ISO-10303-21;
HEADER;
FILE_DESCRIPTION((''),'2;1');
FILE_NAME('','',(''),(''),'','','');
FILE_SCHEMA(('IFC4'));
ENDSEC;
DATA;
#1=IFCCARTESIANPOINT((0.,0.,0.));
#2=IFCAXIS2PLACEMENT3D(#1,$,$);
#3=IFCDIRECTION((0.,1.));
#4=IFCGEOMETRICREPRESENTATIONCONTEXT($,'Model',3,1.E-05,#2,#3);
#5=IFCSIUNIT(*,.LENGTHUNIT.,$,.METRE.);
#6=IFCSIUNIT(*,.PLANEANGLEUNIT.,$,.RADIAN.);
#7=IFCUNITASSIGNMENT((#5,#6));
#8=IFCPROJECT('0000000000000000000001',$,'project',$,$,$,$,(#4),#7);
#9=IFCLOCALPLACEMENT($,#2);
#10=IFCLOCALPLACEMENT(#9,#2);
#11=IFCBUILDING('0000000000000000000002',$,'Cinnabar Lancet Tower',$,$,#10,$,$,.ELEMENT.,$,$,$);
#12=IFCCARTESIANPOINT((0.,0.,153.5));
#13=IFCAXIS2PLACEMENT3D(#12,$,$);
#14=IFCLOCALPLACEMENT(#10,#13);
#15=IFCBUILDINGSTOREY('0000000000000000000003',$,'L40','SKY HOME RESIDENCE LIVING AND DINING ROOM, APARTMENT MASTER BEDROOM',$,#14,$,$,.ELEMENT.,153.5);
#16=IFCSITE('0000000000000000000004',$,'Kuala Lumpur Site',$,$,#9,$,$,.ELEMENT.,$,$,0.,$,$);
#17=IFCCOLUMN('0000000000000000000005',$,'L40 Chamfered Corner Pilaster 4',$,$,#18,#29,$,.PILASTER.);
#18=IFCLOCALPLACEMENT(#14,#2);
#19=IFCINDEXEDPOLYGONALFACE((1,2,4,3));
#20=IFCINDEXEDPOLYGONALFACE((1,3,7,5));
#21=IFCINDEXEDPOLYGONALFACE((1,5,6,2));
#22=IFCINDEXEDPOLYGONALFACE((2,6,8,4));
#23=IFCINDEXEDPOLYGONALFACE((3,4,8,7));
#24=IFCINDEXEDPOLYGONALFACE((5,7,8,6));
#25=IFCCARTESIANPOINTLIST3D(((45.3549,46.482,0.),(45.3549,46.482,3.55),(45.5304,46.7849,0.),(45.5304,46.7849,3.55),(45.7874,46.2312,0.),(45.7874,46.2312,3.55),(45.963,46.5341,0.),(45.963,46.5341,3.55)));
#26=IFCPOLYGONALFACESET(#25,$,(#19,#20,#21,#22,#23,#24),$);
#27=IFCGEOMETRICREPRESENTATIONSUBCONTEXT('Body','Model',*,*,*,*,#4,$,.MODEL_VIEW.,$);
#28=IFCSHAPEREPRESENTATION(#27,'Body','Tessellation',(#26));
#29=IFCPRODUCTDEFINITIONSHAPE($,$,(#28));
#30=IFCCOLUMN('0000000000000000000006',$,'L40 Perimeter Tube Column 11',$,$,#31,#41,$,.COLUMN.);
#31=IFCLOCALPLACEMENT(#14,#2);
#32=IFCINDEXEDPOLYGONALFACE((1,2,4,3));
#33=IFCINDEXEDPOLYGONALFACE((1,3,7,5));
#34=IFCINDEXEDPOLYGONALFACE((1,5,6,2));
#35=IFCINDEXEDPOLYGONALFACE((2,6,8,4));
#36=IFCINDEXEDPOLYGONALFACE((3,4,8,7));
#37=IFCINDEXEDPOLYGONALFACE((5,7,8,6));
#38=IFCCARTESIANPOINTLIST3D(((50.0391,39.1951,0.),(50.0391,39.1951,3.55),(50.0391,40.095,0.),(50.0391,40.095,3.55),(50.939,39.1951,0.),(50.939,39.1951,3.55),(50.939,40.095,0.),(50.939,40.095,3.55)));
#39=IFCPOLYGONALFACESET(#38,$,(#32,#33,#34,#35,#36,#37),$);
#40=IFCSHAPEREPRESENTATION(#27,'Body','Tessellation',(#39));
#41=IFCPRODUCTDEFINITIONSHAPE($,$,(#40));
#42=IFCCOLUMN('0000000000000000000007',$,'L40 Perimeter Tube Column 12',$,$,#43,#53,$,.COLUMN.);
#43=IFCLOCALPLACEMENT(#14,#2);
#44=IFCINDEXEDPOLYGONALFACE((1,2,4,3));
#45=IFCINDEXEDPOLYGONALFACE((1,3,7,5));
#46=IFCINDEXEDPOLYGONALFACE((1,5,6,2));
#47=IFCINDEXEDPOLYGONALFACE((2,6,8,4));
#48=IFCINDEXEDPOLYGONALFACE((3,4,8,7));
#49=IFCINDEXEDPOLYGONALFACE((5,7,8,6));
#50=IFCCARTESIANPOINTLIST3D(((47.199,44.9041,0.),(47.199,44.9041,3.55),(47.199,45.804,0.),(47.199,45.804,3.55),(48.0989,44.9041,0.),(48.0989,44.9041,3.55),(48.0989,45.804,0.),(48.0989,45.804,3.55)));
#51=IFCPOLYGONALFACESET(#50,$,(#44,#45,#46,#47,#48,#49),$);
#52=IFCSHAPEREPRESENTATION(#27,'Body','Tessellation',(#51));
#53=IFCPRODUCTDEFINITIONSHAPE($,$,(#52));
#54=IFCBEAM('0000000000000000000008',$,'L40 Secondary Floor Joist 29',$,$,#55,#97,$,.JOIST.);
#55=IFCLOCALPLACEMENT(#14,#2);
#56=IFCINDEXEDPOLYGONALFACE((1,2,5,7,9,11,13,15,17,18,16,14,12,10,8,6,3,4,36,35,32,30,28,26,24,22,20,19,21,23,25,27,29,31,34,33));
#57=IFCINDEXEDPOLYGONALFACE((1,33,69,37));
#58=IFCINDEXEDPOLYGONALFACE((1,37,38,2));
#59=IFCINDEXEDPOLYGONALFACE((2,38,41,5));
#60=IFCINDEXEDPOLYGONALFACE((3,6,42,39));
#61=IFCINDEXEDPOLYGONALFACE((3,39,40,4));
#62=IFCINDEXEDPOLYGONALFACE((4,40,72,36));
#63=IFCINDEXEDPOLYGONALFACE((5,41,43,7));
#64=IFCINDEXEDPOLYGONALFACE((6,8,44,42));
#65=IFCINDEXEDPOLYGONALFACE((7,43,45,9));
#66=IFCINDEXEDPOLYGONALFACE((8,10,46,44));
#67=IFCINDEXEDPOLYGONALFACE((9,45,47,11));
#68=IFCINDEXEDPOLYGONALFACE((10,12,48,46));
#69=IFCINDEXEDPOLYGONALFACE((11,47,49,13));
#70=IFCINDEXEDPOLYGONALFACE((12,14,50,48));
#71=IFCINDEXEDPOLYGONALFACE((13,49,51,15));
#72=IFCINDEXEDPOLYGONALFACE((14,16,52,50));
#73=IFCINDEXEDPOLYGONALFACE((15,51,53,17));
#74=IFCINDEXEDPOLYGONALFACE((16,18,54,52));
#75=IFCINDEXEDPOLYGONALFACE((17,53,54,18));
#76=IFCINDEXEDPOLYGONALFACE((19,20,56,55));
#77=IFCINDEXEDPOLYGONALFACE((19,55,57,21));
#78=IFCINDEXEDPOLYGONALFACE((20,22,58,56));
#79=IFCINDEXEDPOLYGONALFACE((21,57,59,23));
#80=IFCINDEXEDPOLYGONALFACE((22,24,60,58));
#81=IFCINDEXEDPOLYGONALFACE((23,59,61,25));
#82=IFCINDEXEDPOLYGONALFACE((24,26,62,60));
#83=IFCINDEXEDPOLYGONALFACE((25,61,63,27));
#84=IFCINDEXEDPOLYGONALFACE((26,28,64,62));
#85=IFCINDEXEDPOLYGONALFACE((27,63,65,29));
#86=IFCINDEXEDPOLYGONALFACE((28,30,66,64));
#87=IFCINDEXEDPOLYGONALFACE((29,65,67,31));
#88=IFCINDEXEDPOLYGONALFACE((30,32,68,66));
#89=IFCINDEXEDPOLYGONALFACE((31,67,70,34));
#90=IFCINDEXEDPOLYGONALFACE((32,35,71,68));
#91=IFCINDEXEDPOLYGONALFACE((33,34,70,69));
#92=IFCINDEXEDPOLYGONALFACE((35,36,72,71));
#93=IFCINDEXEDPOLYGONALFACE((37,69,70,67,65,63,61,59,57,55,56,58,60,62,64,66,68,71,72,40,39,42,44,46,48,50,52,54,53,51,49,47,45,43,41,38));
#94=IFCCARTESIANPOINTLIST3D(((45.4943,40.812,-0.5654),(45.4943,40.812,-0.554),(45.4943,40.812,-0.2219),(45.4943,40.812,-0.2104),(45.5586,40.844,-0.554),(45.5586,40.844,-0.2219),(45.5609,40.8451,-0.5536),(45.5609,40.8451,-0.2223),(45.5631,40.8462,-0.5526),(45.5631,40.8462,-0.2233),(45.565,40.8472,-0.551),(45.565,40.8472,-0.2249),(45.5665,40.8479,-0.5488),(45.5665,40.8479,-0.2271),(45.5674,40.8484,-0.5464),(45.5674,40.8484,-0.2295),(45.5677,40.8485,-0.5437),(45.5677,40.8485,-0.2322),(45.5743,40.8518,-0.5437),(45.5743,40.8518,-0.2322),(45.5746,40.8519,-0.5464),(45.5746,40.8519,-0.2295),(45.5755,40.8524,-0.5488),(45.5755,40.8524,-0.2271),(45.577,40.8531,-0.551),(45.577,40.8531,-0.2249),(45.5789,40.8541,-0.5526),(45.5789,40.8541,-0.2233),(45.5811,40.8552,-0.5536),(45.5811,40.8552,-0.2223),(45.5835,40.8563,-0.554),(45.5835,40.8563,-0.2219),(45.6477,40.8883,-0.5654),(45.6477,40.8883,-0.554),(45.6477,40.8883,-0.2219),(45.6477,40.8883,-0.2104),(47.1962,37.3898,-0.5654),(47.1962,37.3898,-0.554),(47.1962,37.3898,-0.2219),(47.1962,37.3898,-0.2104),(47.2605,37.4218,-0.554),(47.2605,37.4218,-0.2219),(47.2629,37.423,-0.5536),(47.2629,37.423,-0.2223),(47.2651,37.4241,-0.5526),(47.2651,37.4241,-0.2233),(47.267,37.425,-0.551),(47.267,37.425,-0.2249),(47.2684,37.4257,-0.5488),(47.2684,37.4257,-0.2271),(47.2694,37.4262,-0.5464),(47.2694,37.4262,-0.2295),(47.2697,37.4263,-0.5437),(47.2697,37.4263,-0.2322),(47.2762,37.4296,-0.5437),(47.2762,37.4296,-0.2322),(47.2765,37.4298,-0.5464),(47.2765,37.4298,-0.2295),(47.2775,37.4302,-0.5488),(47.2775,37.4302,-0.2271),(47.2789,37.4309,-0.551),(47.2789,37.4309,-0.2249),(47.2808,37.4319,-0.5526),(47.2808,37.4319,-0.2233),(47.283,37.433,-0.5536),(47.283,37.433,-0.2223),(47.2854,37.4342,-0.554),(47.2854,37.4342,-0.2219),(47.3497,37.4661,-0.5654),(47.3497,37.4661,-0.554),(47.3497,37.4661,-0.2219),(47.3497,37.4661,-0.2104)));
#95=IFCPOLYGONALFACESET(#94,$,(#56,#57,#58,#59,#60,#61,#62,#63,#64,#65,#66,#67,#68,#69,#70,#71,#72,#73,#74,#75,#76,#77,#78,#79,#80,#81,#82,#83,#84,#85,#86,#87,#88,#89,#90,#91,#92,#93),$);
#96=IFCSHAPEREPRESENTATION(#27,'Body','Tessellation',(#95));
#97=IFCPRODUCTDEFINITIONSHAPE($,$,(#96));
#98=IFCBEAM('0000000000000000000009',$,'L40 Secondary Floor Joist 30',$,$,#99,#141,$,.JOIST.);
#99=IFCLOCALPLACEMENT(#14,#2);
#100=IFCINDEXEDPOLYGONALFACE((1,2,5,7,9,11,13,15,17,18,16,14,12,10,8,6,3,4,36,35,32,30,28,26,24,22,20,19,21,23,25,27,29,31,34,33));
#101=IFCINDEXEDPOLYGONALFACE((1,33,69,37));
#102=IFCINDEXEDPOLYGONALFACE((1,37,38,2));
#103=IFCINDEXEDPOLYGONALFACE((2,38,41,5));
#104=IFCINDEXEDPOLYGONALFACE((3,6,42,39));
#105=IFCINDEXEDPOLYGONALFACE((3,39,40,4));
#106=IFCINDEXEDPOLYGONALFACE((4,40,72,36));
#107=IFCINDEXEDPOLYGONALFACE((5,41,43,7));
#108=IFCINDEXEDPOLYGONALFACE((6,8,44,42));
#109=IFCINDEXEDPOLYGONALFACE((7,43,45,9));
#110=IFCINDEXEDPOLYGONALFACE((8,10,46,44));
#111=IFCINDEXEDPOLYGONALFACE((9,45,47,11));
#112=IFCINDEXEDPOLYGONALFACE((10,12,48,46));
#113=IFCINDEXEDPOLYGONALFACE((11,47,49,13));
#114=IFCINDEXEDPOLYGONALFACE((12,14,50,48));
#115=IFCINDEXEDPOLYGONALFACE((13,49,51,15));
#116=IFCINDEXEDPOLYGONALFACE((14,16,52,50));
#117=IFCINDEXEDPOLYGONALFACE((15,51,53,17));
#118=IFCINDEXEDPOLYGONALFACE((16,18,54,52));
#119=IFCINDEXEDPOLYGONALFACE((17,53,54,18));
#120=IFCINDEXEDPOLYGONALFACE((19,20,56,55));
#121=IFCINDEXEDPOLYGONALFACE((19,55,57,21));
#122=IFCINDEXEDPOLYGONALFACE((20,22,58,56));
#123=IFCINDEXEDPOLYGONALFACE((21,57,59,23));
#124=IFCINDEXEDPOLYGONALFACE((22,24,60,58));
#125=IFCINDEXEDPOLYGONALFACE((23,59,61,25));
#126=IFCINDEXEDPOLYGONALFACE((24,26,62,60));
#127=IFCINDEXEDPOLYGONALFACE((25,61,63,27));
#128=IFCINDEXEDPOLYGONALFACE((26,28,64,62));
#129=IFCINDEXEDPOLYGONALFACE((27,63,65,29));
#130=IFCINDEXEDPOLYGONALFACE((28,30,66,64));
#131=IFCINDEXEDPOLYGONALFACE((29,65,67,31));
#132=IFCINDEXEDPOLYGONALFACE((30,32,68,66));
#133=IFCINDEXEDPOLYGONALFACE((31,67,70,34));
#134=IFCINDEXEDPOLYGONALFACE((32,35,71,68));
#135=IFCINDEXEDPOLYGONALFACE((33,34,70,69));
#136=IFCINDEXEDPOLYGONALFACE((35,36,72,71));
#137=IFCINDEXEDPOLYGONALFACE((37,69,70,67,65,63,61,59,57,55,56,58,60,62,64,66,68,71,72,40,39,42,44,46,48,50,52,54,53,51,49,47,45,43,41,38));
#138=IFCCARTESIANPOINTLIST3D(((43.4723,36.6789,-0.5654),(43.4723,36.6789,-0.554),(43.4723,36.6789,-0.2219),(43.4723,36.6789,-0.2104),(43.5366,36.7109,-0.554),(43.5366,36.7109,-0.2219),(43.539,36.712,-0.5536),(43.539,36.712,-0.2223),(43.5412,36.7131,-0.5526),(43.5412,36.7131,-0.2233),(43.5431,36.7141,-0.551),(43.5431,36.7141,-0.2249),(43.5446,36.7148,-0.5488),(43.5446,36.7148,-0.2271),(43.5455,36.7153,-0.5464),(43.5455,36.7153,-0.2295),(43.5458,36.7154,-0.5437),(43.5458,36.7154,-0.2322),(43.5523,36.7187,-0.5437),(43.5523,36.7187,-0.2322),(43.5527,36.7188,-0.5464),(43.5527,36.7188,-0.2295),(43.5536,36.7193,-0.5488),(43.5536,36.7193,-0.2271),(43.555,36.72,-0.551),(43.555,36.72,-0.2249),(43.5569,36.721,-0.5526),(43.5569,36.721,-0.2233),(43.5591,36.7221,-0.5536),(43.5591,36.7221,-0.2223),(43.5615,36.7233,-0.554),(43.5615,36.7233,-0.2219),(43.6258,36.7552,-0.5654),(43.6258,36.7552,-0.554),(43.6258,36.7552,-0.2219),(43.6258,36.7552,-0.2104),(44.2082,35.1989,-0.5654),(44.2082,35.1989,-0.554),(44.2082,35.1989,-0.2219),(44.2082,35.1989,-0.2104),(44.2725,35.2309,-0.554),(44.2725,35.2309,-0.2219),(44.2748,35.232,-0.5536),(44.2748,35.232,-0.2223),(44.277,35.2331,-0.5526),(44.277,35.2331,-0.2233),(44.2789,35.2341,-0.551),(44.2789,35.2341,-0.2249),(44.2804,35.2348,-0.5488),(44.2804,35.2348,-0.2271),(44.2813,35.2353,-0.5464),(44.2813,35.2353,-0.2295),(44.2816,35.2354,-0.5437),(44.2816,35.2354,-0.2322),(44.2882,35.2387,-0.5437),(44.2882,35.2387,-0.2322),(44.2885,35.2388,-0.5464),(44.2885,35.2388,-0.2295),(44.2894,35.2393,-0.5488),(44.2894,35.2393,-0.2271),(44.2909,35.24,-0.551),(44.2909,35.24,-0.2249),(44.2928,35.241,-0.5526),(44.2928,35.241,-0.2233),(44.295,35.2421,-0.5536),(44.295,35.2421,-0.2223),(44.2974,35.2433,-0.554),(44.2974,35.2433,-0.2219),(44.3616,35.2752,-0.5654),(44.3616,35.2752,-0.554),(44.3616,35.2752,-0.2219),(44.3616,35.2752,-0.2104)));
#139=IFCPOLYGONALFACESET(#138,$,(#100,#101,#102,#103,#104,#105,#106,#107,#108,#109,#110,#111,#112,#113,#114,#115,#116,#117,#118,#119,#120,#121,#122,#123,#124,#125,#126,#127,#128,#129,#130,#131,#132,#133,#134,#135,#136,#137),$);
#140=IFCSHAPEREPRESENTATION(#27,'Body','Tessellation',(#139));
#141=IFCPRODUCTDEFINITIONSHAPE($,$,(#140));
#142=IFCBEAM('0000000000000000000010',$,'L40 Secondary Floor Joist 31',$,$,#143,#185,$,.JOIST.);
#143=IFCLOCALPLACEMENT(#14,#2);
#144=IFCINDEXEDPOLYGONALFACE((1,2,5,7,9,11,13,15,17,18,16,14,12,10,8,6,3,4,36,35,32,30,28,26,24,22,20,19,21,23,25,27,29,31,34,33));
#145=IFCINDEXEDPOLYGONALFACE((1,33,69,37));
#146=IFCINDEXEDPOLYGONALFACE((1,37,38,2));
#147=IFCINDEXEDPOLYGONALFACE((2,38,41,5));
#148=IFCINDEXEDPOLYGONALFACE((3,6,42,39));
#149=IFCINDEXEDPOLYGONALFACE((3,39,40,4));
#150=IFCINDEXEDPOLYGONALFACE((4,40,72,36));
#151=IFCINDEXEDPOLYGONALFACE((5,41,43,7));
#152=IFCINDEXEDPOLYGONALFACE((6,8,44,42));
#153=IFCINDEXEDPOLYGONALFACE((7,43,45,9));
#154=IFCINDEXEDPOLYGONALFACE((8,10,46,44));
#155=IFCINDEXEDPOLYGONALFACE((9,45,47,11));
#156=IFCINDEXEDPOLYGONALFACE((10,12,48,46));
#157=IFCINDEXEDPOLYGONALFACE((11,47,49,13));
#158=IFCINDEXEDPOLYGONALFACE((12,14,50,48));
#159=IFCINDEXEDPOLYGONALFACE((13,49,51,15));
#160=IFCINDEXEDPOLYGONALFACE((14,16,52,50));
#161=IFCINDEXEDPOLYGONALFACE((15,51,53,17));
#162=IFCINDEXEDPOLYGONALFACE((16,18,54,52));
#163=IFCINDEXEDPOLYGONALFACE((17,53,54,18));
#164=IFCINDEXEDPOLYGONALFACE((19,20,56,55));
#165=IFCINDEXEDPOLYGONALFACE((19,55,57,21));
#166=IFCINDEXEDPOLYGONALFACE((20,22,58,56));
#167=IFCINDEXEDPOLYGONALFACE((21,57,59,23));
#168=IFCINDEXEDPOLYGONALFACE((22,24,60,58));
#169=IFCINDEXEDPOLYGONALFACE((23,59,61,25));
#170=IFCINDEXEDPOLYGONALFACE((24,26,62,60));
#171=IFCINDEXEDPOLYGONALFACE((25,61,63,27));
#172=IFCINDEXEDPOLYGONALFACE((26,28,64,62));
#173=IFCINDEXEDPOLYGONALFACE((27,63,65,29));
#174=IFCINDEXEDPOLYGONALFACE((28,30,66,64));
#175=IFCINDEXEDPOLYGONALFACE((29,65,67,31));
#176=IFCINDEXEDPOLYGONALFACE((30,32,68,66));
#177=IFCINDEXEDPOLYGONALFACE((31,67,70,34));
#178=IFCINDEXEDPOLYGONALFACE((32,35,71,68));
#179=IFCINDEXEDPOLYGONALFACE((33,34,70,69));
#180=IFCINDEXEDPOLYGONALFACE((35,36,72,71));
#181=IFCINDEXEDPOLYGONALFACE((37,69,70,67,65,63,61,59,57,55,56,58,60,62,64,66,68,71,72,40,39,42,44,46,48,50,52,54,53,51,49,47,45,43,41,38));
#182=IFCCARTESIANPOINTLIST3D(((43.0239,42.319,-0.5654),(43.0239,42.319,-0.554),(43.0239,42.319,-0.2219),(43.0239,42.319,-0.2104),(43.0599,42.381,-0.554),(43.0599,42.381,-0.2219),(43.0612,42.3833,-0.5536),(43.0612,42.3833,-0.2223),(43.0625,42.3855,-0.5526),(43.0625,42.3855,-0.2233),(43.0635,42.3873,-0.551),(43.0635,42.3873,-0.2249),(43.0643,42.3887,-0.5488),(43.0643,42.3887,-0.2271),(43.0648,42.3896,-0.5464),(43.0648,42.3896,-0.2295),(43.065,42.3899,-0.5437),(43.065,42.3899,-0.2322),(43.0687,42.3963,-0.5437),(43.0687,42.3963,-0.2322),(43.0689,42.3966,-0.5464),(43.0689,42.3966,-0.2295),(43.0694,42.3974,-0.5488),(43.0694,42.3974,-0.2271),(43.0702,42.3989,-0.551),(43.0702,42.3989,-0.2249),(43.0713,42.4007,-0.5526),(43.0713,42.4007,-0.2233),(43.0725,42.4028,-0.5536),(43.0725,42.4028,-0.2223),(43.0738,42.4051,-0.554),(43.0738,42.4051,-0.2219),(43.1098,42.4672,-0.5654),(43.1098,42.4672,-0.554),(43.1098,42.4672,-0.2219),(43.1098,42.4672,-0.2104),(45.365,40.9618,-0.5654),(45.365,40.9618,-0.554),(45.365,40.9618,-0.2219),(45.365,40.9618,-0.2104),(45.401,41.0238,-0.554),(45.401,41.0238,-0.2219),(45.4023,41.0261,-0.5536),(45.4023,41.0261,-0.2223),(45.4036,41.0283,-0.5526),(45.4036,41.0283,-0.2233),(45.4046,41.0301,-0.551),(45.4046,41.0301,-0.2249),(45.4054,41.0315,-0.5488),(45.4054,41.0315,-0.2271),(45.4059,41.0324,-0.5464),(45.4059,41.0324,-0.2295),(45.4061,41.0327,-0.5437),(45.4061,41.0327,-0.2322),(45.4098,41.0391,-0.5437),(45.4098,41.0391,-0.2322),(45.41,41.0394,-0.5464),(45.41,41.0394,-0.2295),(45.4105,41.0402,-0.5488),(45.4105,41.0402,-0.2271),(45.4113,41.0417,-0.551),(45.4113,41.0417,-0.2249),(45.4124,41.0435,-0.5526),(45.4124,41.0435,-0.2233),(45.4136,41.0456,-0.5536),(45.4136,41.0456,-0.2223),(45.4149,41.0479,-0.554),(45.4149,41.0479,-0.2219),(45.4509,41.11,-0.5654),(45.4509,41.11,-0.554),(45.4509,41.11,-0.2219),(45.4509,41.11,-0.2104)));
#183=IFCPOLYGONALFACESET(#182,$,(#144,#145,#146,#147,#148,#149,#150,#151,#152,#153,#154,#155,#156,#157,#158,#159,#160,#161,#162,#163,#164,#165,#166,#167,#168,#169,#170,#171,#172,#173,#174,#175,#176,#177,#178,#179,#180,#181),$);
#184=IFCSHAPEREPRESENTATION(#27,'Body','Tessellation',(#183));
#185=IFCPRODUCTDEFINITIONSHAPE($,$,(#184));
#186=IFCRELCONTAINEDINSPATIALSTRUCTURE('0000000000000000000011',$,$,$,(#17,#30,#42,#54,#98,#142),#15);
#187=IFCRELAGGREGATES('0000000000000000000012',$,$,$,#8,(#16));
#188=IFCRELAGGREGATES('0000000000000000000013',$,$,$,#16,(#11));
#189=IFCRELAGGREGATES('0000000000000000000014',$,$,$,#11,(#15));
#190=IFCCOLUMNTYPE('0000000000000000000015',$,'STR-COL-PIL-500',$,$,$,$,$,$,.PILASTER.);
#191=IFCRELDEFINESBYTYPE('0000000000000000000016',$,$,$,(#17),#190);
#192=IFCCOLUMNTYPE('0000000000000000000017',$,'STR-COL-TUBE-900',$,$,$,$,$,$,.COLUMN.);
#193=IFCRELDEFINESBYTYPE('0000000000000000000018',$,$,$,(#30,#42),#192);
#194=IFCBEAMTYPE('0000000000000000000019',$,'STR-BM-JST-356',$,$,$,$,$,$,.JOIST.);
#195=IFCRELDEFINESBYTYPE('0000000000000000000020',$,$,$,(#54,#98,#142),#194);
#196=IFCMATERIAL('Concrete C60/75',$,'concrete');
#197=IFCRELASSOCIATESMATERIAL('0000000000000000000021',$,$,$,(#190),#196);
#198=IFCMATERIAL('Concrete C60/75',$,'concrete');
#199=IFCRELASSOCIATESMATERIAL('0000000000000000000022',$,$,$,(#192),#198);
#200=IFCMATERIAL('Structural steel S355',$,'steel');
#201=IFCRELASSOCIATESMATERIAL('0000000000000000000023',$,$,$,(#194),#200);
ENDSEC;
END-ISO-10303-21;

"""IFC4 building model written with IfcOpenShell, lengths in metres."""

from ifc_helpers import new_model, si_unit, direction, frame, origin, origin_2d, place, context, subcontext, project, spatial, rectangle, i_section, extrude, material, material_profile, profile_set, type_object, element, save


model = new_model("IFC4")

# Units and contexts
model_context = context("Model", 3, precision=1e-05, world=origin(), true_north=direction((0.0, 1.0)))
body_context = subcontext(model_context, "Body", "Model", "MODEL_VIEW")
ifc_project = project(units=[si_unit("LENGTHUNIT", "METRE"), si_unit("PLANEANGLEUNIT", "RADIAN")], contexts=[model_context])

# Site, building, storey
site_placement = place(None, origin())
site = spatial("IfcSite", under=ifc_project, at=site_placement, Name="Kuala Lumpur Site", CompositionType="ELEMENT", RefElevation=0.0)
building_placement = place(site_placement, origin())
building = spatial("IfcBuilding", under=site, at=building_placement, Name="Cinnabar Lancet Tower", CompositionType="ELEMENT")
storey_placement = place(building_placement, frame((0.0, 0.0, 153.5)))
storey = spatial("IfcBuildingStorey", under=building, at=storey_placement, Name="L40", Description="SKY HOME RESIDENCE LIVING AND DINING ROOM, APARTMENT MASTER BEDROOM", CompositionType="ELEMENT", Elevation=153.5)

# Columns
ifc_material_1 = material(Name="Concrete C60/75", Category="concrete")
ifc_material_profile_1 = material_profile(ifc_material_1, rectangle(XDim=0.5, YDim=0.3501, at=origin_2d()), Name="RC-PIL 500x350")
ifc_profile_set_1 = profile_set([ifc_material_profile_1], Name="Concrete C60/75")
column_type_1 = type_object("IfcColumnType", Name="STR-COL-PIL-500", PredefinedType="PILASTER", material=ifc_profile_set_1)
column_placement = place(storey_placement, frame((45.6589, 46.5081, 0.0), z_axis=(0.0, 0.0, 1.0), x_axis=(-0.86516, 0.501496, 0.0)))
element("IfcColumn", 1, at=column_placement, inside=storey, type_object=column_type_1, Name="L40 Chamfered Corner Pilaster 4", PredefinedType="PILASTER", context=body_context, shape_type="SweptSolid", body=[
    extrude(rectangle(XDim=0.5, YDim=0.3501, at=origin_2d()), origin(), (0.0, 0.0, 1.0), 3.55),
])
ifc_material_2 = material(Name="Concrete C60/75", Category="concrete")
ifc_material_profile_2 = material_profile(ifc_material_2, rectangle(XDim=0.8999, YDim=0.8999, at=origin_2d()), Name="RC-COL 900x900")
ifc_profile_set_2 = profile_set([ifc_material_profile_2], Name="Concrete C60/75")
column_type_2 = type_object("IfcColumnType", Name="STR-COL-TUBE-900", PredefinedType="COLUMN", material=ifc_profile_set_2)
for number, where, z_axis, x_axis, name in (
    (2, (50.489, 39.645, 0.0), (0.0, 0.0, 1.0), (1.0, 0.0, 0.0), "L40 Perimeter Tube Column 11"),
    (3, (47.6489, 45.354, 0.0), (0.0, 0.0, 1.0), (1.0, 0.0, 0.0), "L40 Perimeter Tube Column 12"),
):
    element("IfcColumn", number, at=place(storey_placement, frame(where, z_axis=z_axis, x_axis=x_axis)), inside=storey, type_object=column_type_2, Name=name, PredefinedType="COLUMN", context=body_context, shape_type="SweptSolid", body=[
        extrude(rectangle(XDim=0.8999, YDim=0.8999, at=origin_2d()), origin(), (0.0, 0.0, 1.0), 3.55),
    ])

# Beams
ifc_material_3 = material(Name="Structural steel S355", Category="steel")
ifc_material_profile_3 = material_profile(ifc_material_3, i_section(OverallWidth=0.1714, OverallDepth=0.355, WebThickness=0.0073, FlangeThickness=0.0115, FilletRadius=0.0103, at=origin_2d()), Name="UKB 356x171x51")
ifc_profile_set_3 = profile_set([ifc_material_profile_3], Name="Structural steel S355")
beam_type_1 = type_object("IfcBeamType", Name="STR-BM-JST-356", PredefinedType="JOIST", material=ifc_profile_set_3)
beam_1_placement = place(storey_placement, frame((47.2729, 37.428, -0.3879), z_axis=(-0.445296, 0.895383, 0.0), x_axis=(-0.895383, -0.445296, 0.0)))
element("IfcBeam", 4, at=beam_1_placement, inside=storey, type_object=beam_type_1, Name="L40 Secondary Floor Joist 29", PredefinedType="JOIST", context=body_context, shape_type="SweptSolid", body=[
    extrude(i_section(OverallWidth=0.1714, OverallDepth=0.355, WebThickness=0.0073, FlangeThickness=0.0115, FilletRadius=0.0103, at=origin_2d()), origin(), (0.0, 0.0, 1.0), 3.822),
])
beam_2_placement = place(storey_placement, frame((44.2849, 35.2371, -0.3879), z_axis=(-0.445204, 0.895429, 0.0), x_axis=(-0.895429, -0.445204, 0.0)))
element("IfcBeam", 5, at=beam_2_placement, inside=storey, type_object=beam_type_1, Name="L40 Secondary Floor Joist 30", PredefinedType="JOIST", context=body_context, shape_type="SweptSolid", body=[
    extrude(i_section(OverallWidth=0.1714, OverallDepth=0.355, WebThickness=0.0073, FlangeThickness=0.0115, FilletRadius=0.0103, at=origin_2d()), origin(), (0.0, 0.0, 1.0), 1.6528),
])
beam_3_placement = place(storey_placement, frame((45.408, 41.0359, -0.3879), z_axis=(-0.865134, 0.501541, 0.0), x_axis=(-0.501541, -0.865134, 0.0)))
element("IfcBeam", 6, at=beam_3_placement, inside=storey, type_object=beam_type_1, Name="L40 Secondary Floor Joist 31", PredefinedType="JOIST", context=body_context, shape_type="SweptSolid", body=[
    extrude(i_section(OverallWidth=0.1714, OverallDepth=0.355, WebThickness=0.0073, FlangeThickness=0.0115, FilletRadius=0.0103, at=origin_2d()), origin(), (0.0, 0.0, 1.0), 2.7061),
])

save(model, "model.ifc")
